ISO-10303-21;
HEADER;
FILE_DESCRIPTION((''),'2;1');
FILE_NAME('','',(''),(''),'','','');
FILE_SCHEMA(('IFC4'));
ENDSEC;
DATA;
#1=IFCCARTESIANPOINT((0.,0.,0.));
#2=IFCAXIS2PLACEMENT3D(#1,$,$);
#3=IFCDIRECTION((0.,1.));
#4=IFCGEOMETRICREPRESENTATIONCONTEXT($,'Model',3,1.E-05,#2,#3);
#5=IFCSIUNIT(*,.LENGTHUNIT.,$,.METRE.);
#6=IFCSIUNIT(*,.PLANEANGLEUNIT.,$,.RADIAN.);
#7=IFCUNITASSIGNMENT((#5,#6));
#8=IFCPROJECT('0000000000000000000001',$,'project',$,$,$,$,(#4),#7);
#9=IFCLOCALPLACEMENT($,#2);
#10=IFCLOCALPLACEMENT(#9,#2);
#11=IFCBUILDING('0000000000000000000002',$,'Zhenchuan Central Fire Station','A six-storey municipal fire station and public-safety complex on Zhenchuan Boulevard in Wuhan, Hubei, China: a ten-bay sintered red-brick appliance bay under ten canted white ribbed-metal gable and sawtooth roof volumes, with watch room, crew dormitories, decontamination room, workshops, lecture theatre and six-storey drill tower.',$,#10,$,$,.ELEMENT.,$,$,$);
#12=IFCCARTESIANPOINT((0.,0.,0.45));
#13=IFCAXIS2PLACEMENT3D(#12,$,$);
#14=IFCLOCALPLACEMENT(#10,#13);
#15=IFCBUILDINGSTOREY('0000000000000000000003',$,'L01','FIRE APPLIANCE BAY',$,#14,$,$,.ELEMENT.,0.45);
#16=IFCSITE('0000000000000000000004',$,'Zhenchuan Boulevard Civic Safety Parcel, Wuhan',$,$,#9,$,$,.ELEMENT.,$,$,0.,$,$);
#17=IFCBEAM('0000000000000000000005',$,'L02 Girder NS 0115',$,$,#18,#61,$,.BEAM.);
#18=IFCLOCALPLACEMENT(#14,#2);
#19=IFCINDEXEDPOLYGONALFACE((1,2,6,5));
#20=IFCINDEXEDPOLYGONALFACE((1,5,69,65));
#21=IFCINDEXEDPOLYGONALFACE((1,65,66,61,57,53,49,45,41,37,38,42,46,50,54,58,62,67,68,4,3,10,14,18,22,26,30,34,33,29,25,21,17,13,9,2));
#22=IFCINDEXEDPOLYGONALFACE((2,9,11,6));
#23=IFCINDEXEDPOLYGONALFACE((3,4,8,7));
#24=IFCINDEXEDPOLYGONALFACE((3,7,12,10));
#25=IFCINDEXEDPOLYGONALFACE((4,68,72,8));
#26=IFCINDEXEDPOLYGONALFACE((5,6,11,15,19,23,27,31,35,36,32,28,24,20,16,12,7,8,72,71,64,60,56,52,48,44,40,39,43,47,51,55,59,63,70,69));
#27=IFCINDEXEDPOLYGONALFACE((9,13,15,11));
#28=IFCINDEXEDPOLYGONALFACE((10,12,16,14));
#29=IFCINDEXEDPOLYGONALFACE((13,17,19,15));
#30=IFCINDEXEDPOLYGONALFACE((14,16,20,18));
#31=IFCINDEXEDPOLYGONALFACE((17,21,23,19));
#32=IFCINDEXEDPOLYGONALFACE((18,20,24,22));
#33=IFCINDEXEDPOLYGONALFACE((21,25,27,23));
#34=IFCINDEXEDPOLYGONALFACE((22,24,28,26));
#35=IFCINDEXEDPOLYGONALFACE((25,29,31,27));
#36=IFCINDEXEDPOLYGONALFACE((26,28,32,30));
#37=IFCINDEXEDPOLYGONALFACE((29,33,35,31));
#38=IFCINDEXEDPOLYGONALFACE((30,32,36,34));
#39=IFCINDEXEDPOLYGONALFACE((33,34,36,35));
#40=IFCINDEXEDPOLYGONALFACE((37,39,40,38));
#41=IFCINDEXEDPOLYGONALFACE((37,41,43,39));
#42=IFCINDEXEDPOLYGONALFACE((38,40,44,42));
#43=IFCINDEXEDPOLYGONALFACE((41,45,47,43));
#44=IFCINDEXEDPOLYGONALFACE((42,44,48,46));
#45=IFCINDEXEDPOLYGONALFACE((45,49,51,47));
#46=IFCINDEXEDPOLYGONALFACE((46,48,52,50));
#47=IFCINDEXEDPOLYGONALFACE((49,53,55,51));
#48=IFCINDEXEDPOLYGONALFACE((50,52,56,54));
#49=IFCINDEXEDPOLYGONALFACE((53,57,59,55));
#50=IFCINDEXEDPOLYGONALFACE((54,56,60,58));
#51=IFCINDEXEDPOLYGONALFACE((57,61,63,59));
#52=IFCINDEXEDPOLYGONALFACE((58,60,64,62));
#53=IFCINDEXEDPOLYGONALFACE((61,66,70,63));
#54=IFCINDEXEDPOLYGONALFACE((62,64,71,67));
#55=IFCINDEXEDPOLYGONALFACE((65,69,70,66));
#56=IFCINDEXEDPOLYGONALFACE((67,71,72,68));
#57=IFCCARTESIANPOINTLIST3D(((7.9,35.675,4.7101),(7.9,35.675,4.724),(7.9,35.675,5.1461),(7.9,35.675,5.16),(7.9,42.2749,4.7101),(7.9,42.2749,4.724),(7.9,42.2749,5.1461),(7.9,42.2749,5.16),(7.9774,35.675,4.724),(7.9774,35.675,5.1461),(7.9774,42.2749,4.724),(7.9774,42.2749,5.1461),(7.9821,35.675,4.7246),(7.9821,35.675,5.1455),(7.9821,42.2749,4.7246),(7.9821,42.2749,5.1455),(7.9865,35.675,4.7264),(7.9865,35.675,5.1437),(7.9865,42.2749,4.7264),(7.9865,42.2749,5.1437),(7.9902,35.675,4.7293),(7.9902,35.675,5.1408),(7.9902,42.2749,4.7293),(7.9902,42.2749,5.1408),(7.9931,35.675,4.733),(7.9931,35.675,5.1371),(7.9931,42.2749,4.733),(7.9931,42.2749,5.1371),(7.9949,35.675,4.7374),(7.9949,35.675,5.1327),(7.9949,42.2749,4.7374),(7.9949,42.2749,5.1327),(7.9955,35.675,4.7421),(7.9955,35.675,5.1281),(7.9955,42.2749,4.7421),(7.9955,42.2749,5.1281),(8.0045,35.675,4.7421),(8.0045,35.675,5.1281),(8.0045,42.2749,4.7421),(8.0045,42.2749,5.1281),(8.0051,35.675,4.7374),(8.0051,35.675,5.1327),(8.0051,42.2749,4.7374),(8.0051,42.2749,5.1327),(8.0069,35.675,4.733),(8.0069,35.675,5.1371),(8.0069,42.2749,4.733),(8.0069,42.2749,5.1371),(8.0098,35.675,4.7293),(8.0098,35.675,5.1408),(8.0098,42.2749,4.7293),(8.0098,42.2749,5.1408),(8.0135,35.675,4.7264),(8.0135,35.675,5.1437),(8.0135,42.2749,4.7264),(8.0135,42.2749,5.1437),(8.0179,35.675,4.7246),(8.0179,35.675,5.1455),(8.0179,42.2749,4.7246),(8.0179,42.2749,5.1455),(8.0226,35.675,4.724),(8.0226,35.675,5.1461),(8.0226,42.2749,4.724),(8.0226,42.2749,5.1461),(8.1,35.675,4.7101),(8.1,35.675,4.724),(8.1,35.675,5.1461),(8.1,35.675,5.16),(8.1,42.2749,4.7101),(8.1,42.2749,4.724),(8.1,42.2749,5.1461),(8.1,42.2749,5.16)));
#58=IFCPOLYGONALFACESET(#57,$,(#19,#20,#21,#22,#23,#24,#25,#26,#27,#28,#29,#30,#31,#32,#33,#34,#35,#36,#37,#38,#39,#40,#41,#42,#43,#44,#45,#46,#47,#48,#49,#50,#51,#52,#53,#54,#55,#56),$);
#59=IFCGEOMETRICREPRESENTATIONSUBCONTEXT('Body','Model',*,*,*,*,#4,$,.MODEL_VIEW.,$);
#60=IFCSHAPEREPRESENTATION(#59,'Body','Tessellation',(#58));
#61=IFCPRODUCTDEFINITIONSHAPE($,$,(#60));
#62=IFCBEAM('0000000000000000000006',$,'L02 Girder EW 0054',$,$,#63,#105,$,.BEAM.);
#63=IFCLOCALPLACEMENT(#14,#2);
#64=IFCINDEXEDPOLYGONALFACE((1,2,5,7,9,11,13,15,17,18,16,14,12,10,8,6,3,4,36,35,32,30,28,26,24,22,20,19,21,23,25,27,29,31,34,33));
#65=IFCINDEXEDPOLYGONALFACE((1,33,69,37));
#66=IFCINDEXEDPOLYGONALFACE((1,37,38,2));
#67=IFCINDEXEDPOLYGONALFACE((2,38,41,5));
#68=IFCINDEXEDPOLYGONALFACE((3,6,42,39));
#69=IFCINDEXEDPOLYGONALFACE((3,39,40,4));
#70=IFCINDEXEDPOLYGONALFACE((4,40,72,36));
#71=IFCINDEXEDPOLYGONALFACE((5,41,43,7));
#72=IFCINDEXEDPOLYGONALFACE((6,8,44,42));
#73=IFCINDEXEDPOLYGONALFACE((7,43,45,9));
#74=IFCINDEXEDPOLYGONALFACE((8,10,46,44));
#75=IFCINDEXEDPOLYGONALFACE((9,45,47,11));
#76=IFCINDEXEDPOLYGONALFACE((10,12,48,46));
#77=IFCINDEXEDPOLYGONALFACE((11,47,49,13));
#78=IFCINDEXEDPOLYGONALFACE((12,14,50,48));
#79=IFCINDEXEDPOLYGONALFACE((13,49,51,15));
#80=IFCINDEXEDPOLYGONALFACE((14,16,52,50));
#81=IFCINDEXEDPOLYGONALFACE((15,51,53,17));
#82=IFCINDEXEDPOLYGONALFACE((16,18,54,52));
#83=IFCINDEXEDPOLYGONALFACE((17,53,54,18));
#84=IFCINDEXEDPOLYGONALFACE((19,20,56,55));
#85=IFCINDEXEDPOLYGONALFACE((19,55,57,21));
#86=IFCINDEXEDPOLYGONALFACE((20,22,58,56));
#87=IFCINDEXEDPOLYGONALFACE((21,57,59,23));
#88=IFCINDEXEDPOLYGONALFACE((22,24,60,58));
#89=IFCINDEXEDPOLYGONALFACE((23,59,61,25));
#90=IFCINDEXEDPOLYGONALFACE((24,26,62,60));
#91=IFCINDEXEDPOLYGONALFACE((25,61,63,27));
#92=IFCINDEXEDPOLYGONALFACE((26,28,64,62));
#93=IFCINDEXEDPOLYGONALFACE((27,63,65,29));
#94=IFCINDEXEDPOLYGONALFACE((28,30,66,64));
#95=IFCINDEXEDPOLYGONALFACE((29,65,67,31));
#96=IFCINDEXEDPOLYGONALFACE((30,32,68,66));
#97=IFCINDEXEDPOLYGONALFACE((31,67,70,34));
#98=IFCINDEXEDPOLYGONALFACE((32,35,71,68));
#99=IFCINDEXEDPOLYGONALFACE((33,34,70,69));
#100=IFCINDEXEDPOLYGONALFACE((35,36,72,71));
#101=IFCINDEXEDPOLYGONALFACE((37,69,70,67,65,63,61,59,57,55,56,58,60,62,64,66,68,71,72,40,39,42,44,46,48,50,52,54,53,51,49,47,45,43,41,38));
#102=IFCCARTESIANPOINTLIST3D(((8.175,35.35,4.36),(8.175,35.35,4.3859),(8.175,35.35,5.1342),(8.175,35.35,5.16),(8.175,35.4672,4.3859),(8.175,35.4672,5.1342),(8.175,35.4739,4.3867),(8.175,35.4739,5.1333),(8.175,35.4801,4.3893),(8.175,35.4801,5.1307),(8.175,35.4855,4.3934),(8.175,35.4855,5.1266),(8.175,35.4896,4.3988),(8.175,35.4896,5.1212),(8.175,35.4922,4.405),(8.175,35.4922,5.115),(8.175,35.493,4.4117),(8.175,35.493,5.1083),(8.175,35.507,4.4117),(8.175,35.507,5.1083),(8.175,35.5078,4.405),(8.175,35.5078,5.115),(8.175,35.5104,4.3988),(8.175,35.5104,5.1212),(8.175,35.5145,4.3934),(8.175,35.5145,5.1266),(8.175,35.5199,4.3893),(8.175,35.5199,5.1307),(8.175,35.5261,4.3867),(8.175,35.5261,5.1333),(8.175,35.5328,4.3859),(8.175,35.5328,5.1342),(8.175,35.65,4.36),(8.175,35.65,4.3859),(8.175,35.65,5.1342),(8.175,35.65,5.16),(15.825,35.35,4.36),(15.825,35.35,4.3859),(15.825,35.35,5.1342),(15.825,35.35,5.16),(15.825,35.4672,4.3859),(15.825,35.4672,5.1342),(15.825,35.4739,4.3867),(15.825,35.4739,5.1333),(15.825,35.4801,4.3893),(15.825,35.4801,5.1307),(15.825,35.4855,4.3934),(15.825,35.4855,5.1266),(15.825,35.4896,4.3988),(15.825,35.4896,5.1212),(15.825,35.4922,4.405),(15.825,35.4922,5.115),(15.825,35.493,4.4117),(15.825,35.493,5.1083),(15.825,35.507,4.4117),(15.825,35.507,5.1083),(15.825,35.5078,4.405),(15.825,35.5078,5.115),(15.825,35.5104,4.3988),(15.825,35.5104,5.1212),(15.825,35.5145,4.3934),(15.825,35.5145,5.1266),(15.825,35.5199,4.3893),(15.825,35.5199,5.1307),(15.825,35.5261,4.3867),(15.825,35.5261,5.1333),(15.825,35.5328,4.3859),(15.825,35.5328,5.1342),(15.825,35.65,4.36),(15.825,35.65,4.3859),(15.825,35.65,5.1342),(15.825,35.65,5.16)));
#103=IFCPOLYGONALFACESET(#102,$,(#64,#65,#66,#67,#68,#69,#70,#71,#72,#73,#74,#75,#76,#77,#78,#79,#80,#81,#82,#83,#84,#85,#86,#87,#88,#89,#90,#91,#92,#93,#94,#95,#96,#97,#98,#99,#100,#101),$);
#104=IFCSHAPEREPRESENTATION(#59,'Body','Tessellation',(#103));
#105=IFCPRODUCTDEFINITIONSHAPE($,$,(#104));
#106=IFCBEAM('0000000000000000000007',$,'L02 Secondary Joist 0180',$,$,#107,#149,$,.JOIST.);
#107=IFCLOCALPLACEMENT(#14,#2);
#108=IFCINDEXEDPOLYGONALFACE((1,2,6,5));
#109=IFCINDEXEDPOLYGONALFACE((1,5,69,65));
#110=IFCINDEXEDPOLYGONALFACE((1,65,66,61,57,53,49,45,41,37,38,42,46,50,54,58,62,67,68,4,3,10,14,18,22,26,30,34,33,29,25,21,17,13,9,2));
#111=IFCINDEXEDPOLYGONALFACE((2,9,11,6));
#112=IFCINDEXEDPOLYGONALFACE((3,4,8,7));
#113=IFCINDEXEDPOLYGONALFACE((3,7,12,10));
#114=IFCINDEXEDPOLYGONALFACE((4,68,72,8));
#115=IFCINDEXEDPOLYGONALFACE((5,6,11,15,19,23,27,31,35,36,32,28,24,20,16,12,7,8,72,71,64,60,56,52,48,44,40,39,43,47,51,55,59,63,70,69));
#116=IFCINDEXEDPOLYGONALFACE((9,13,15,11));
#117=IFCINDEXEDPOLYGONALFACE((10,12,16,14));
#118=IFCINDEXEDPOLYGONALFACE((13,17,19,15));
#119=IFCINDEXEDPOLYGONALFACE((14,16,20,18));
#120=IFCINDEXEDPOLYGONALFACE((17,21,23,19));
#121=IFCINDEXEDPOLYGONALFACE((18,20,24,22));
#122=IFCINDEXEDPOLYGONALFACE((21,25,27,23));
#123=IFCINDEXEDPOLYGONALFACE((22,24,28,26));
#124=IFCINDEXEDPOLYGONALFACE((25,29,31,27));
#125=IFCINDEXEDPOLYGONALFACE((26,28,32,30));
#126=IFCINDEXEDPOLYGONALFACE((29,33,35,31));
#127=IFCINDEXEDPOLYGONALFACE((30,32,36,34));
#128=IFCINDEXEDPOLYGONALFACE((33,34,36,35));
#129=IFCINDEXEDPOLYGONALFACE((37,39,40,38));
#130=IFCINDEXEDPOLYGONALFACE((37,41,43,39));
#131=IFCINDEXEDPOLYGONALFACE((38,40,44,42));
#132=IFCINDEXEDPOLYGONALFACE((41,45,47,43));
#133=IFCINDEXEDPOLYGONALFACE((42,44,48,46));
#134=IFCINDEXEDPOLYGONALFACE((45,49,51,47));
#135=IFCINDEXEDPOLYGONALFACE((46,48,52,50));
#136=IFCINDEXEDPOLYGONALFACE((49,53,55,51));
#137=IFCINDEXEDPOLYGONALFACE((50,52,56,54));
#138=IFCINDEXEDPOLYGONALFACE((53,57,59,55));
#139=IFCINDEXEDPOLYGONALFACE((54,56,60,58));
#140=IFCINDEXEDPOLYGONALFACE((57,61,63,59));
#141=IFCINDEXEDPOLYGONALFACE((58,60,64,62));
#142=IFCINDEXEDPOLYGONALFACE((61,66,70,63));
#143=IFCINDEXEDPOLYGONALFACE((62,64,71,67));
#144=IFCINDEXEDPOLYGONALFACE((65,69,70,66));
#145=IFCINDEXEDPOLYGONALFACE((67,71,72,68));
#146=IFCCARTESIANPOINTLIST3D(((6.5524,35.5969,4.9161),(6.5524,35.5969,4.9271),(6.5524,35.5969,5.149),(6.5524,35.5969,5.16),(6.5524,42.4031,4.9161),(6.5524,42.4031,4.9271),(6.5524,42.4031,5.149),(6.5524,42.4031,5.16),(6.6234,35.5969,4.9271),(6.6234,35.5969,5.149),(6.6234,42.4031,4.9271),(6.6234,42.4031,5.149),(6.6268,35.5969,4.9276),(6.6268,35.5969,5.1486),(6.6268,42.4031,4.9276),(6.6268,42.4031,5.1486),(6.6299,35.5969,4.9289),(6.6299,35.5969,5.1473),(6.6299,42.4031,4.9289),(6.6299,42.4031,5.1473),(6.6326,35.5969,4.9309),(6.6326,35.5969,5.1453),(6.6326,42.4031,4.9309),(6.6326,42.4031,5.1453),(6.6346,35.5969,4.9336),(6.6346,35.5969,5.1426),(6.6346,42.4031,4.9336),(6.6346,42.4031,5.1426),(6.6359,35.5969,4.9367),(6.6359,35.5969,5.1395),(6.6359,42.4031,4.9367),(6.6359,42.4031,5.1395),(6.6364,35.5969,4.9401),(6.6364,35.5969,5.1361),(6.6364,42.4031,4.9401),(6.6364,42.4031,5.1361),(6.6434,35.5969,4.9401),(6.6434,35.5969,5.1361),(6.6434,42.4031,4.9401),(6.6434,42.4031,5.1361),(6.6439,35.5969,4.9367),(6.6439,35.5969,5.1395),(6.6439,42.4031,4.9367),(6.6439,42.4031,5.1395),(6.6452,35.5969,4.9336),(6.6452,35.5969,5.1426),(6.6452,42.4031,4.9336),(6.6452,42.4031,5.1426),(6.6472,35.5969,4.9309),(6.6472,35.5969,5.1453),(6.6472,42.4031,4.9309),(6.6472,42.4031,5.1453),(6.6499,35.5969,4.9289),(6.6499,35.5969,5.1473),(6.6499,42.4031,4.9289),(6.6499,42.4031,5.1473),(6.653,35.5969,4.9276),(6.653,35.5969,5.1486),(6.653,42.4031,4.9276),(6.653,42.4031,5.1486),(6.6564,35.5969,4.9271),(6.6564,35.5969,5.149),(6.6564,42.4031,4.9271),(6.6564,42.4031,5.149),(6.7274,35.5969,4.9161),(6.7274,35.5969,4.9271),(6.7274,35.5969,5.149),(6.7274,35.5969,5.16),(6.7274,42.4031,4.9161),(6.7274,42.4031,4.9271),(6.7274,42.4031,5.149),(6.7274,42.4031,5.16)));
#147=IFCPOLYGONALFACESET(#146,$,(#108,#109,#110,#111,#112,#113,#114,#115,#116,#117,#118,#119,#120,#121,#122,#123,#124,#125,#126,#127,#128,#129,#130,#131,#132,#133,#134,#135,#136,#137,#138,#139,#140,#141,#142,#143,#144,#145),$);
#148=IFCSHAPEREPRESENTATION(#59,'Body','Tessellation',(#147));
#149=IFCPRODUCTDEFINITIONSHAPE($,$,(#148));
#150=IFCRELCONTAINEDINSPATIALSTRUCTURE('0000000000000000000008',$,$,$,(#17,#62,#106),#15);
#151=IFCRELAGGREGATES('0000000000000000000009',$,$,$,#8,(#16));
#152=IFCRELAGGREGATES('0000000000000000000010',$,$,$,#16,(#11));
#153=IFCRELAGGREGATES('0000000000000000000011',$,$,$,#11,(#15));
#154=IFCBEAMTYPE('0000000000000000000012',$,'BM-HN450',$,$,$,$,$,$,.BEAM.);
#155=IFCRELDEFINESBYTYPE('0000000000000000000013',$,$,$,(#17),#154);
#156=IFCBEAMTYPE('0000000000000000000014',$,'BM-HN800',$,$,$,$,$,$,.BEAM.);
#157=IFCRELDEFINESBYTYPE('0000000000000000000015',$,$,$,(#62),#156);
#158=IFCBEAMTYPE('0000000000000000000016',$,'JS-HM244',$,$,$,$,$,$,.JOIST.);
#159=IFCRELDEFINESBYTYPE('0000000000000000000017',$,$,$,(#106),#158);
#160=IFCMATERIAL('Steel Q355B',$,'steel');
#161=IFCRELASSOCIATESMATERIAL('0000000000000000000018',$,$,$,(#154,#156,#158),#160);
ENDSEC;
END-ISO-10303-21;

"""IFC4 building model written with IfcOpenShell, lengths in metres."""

from ifc_helpers import new_model, si_unit, direction, frame, origin, origin_2d, place, context, subcontext, project, spatial, i_section, extrude, material, material_profile, profile_set, type_object, element, save


model = new_model("IFC4")

# Units and contexts
model_context = context("Model", 3, precision=1e-05, world=origin(), true_north=direction((0.0, 1.0)))
body_context = subcontext(model_context, "Body", "Model", "MODEL_VIEW")
ifc_project = project(units=[si_unit("LENGTHUNIT", "METRE"), si_unit("PLANEANGLEUNIT", "RADIAN")], contexts=[model_context])

# Site, building, storey
site_placement = place(None, origin())
site = spatial("IfcSite", under=ifc_project, at=site_placement, Name="Zhenchuan Boulevard Civic Safety Parcel, Wuhan", CompositionType="ELEMENT", RefElevation=0.0)
building_placement = place(site_placement, origin())
building = spatial("IfcBuilding", under=site, at=building_placement, Name="Zhenchuan Central Fire Station", Description="A six-storey municipal fire station and public-safety complex on Zhenchuan Boulevard in Wuhan, Hubei, China: a ten-bay sintered red-brick appliance bay under ten canted white ribbed-metal gable and sawtooth roof volumes, with watch room, crew dormitories, decontamination room, workshops, lecture theatre and six-storey drill tower.", CompositionType="ELEMENT")
storey_placement = place(building_placement, frame((0.0, 0.0, 0.45)))
storey = spatial("IfcBuildingStorey", under=building, at=storey_placement, Name="L01", Description="FIRE APPLIANCE BAY", CompositionType="ELEMENT", Elevation=0.45)

# Shared definitions
ifc_material_1 = material(Name="Steel Q355B", Category="steel")

# Beams
ifc_material_profile_1 = material_profile(ifc_material_1, i_section(OverallWidth=0.2, OverallDepth=0.45, WebThickness=0.009, FlangeThickness=0.0139, FilletRadius=0.0181, at=origin_2d()), Name="HN 450x200")
ifc_profile_set_1 = profile_set([ifc_material_profile_1], Name="Steel Q355B")
beam_type_1 = type_object("IfcBeamType", Name="BM-HN450", PredefinedType="BEAM", material=ifc_profile_set_1)
beam_1_placement = place(storey_placement, frame((8.0, 35.675, 4.9351), z_axis=(0.0, 1.0, 0.0), x_axis=(-1.0, 0.0, 0.0)))
element("IfcBeam", 1, at=beam_1_placement, inside=storey, type_object=beam_type_1, Name="L02 Girder NS 0115", PredefinedType="BEAM", context=body_context, shape_type="SweptSolid", body=[
    extrude(i_section(OverallWidth=0.2, OverallDepth=0.45, WebThickness=0.009, FlangeThickness=0.0139, FilletRadius=0.0181, at=origin_2d()), origin(), (0.0, 0.0, 1.0), 6.5999),
])
ifc_material_profile_2 = material_profile(ifc_material_1, i_section(OverallWidth=0.3, OverallDepth=0.8, WebThickness=0.0139, FlangeThickness=0.0259, FilletRadius=0.0259, at=origin_2d()), Name="HN 800x300")
ifc_profile_set_2 = profile_set([ifc_material_profile_2], Name="Steel Q355B")
beam_type_2 = type_object("IfcBeamType", Name="BM-HN800", PredefinedType="BEAM", material=ifc_profile_set_2)
beam_2_placement = place(storey_placement, frame((8.175, 35.5, 4.76), z_axis=(1.0, 0.0, 0.0), x_axis=(0.0, 1.0, 0.0)))
element("IfcBeam", 2, at=beam_2_placement, inside=storey, type_object=beam_type_2, Name="L02 Girder EW 0054", PredefinedType="BEAM", context=body_context, shape_type="SweptSolid", body=[
    extrude(i_section(OverallWidth=0.3, OverallDepth=0.8, WebThickness=0.0139, FlangeThickness=0.0259, FilletRadius=0.0259, at=origin_2d()), origin(), (0.0, 0.0, 1.0), 7.6499),
])
ifc_material_profile_3 = material_profile(ifc_material_1, i_section(OverallWidth=0.175, OverallDepth=0.2439, WebThickness=0.0071, FlangeThickness=0.011, FilletRadius=0.0129, at=origin_2d()), Name="HM 244x175")
ifc_profile_set_3 = profile_set([ifc_material_profile_3], Name="Steel Q355B")
beam_type_3 = type_object("IfcBeamType", Name="JS-HM244", PredefinedType="JOIST", material=ifc_profile_set_3)
beam_3_placement = place(storey_placement, frame((6.6399, 35.5969, 5.0381), z_axis=(0.0, 1.0, 0.0), x_axis=(-1.0, 0.0, 0.0)))
element("IfcBeam", 3, at=beam_3_placement, inside=storey, type_object=beam_type_3, Name="L02 Secondary Joist 0180", PredefinedType="JOIST", context=body_context, shape_type="SweptSolid", body=[
    extrude(i_section(OverallWidth=0.175, OverallDepth=0.2439, WebThickness=0.0071, FlangeThickness=0.011, FilletRadius=0.0129, at=origin_2d()), origin(), (0.0, 0.0, 1.0), 6.8062),
])

save(model, "model.ifc")
